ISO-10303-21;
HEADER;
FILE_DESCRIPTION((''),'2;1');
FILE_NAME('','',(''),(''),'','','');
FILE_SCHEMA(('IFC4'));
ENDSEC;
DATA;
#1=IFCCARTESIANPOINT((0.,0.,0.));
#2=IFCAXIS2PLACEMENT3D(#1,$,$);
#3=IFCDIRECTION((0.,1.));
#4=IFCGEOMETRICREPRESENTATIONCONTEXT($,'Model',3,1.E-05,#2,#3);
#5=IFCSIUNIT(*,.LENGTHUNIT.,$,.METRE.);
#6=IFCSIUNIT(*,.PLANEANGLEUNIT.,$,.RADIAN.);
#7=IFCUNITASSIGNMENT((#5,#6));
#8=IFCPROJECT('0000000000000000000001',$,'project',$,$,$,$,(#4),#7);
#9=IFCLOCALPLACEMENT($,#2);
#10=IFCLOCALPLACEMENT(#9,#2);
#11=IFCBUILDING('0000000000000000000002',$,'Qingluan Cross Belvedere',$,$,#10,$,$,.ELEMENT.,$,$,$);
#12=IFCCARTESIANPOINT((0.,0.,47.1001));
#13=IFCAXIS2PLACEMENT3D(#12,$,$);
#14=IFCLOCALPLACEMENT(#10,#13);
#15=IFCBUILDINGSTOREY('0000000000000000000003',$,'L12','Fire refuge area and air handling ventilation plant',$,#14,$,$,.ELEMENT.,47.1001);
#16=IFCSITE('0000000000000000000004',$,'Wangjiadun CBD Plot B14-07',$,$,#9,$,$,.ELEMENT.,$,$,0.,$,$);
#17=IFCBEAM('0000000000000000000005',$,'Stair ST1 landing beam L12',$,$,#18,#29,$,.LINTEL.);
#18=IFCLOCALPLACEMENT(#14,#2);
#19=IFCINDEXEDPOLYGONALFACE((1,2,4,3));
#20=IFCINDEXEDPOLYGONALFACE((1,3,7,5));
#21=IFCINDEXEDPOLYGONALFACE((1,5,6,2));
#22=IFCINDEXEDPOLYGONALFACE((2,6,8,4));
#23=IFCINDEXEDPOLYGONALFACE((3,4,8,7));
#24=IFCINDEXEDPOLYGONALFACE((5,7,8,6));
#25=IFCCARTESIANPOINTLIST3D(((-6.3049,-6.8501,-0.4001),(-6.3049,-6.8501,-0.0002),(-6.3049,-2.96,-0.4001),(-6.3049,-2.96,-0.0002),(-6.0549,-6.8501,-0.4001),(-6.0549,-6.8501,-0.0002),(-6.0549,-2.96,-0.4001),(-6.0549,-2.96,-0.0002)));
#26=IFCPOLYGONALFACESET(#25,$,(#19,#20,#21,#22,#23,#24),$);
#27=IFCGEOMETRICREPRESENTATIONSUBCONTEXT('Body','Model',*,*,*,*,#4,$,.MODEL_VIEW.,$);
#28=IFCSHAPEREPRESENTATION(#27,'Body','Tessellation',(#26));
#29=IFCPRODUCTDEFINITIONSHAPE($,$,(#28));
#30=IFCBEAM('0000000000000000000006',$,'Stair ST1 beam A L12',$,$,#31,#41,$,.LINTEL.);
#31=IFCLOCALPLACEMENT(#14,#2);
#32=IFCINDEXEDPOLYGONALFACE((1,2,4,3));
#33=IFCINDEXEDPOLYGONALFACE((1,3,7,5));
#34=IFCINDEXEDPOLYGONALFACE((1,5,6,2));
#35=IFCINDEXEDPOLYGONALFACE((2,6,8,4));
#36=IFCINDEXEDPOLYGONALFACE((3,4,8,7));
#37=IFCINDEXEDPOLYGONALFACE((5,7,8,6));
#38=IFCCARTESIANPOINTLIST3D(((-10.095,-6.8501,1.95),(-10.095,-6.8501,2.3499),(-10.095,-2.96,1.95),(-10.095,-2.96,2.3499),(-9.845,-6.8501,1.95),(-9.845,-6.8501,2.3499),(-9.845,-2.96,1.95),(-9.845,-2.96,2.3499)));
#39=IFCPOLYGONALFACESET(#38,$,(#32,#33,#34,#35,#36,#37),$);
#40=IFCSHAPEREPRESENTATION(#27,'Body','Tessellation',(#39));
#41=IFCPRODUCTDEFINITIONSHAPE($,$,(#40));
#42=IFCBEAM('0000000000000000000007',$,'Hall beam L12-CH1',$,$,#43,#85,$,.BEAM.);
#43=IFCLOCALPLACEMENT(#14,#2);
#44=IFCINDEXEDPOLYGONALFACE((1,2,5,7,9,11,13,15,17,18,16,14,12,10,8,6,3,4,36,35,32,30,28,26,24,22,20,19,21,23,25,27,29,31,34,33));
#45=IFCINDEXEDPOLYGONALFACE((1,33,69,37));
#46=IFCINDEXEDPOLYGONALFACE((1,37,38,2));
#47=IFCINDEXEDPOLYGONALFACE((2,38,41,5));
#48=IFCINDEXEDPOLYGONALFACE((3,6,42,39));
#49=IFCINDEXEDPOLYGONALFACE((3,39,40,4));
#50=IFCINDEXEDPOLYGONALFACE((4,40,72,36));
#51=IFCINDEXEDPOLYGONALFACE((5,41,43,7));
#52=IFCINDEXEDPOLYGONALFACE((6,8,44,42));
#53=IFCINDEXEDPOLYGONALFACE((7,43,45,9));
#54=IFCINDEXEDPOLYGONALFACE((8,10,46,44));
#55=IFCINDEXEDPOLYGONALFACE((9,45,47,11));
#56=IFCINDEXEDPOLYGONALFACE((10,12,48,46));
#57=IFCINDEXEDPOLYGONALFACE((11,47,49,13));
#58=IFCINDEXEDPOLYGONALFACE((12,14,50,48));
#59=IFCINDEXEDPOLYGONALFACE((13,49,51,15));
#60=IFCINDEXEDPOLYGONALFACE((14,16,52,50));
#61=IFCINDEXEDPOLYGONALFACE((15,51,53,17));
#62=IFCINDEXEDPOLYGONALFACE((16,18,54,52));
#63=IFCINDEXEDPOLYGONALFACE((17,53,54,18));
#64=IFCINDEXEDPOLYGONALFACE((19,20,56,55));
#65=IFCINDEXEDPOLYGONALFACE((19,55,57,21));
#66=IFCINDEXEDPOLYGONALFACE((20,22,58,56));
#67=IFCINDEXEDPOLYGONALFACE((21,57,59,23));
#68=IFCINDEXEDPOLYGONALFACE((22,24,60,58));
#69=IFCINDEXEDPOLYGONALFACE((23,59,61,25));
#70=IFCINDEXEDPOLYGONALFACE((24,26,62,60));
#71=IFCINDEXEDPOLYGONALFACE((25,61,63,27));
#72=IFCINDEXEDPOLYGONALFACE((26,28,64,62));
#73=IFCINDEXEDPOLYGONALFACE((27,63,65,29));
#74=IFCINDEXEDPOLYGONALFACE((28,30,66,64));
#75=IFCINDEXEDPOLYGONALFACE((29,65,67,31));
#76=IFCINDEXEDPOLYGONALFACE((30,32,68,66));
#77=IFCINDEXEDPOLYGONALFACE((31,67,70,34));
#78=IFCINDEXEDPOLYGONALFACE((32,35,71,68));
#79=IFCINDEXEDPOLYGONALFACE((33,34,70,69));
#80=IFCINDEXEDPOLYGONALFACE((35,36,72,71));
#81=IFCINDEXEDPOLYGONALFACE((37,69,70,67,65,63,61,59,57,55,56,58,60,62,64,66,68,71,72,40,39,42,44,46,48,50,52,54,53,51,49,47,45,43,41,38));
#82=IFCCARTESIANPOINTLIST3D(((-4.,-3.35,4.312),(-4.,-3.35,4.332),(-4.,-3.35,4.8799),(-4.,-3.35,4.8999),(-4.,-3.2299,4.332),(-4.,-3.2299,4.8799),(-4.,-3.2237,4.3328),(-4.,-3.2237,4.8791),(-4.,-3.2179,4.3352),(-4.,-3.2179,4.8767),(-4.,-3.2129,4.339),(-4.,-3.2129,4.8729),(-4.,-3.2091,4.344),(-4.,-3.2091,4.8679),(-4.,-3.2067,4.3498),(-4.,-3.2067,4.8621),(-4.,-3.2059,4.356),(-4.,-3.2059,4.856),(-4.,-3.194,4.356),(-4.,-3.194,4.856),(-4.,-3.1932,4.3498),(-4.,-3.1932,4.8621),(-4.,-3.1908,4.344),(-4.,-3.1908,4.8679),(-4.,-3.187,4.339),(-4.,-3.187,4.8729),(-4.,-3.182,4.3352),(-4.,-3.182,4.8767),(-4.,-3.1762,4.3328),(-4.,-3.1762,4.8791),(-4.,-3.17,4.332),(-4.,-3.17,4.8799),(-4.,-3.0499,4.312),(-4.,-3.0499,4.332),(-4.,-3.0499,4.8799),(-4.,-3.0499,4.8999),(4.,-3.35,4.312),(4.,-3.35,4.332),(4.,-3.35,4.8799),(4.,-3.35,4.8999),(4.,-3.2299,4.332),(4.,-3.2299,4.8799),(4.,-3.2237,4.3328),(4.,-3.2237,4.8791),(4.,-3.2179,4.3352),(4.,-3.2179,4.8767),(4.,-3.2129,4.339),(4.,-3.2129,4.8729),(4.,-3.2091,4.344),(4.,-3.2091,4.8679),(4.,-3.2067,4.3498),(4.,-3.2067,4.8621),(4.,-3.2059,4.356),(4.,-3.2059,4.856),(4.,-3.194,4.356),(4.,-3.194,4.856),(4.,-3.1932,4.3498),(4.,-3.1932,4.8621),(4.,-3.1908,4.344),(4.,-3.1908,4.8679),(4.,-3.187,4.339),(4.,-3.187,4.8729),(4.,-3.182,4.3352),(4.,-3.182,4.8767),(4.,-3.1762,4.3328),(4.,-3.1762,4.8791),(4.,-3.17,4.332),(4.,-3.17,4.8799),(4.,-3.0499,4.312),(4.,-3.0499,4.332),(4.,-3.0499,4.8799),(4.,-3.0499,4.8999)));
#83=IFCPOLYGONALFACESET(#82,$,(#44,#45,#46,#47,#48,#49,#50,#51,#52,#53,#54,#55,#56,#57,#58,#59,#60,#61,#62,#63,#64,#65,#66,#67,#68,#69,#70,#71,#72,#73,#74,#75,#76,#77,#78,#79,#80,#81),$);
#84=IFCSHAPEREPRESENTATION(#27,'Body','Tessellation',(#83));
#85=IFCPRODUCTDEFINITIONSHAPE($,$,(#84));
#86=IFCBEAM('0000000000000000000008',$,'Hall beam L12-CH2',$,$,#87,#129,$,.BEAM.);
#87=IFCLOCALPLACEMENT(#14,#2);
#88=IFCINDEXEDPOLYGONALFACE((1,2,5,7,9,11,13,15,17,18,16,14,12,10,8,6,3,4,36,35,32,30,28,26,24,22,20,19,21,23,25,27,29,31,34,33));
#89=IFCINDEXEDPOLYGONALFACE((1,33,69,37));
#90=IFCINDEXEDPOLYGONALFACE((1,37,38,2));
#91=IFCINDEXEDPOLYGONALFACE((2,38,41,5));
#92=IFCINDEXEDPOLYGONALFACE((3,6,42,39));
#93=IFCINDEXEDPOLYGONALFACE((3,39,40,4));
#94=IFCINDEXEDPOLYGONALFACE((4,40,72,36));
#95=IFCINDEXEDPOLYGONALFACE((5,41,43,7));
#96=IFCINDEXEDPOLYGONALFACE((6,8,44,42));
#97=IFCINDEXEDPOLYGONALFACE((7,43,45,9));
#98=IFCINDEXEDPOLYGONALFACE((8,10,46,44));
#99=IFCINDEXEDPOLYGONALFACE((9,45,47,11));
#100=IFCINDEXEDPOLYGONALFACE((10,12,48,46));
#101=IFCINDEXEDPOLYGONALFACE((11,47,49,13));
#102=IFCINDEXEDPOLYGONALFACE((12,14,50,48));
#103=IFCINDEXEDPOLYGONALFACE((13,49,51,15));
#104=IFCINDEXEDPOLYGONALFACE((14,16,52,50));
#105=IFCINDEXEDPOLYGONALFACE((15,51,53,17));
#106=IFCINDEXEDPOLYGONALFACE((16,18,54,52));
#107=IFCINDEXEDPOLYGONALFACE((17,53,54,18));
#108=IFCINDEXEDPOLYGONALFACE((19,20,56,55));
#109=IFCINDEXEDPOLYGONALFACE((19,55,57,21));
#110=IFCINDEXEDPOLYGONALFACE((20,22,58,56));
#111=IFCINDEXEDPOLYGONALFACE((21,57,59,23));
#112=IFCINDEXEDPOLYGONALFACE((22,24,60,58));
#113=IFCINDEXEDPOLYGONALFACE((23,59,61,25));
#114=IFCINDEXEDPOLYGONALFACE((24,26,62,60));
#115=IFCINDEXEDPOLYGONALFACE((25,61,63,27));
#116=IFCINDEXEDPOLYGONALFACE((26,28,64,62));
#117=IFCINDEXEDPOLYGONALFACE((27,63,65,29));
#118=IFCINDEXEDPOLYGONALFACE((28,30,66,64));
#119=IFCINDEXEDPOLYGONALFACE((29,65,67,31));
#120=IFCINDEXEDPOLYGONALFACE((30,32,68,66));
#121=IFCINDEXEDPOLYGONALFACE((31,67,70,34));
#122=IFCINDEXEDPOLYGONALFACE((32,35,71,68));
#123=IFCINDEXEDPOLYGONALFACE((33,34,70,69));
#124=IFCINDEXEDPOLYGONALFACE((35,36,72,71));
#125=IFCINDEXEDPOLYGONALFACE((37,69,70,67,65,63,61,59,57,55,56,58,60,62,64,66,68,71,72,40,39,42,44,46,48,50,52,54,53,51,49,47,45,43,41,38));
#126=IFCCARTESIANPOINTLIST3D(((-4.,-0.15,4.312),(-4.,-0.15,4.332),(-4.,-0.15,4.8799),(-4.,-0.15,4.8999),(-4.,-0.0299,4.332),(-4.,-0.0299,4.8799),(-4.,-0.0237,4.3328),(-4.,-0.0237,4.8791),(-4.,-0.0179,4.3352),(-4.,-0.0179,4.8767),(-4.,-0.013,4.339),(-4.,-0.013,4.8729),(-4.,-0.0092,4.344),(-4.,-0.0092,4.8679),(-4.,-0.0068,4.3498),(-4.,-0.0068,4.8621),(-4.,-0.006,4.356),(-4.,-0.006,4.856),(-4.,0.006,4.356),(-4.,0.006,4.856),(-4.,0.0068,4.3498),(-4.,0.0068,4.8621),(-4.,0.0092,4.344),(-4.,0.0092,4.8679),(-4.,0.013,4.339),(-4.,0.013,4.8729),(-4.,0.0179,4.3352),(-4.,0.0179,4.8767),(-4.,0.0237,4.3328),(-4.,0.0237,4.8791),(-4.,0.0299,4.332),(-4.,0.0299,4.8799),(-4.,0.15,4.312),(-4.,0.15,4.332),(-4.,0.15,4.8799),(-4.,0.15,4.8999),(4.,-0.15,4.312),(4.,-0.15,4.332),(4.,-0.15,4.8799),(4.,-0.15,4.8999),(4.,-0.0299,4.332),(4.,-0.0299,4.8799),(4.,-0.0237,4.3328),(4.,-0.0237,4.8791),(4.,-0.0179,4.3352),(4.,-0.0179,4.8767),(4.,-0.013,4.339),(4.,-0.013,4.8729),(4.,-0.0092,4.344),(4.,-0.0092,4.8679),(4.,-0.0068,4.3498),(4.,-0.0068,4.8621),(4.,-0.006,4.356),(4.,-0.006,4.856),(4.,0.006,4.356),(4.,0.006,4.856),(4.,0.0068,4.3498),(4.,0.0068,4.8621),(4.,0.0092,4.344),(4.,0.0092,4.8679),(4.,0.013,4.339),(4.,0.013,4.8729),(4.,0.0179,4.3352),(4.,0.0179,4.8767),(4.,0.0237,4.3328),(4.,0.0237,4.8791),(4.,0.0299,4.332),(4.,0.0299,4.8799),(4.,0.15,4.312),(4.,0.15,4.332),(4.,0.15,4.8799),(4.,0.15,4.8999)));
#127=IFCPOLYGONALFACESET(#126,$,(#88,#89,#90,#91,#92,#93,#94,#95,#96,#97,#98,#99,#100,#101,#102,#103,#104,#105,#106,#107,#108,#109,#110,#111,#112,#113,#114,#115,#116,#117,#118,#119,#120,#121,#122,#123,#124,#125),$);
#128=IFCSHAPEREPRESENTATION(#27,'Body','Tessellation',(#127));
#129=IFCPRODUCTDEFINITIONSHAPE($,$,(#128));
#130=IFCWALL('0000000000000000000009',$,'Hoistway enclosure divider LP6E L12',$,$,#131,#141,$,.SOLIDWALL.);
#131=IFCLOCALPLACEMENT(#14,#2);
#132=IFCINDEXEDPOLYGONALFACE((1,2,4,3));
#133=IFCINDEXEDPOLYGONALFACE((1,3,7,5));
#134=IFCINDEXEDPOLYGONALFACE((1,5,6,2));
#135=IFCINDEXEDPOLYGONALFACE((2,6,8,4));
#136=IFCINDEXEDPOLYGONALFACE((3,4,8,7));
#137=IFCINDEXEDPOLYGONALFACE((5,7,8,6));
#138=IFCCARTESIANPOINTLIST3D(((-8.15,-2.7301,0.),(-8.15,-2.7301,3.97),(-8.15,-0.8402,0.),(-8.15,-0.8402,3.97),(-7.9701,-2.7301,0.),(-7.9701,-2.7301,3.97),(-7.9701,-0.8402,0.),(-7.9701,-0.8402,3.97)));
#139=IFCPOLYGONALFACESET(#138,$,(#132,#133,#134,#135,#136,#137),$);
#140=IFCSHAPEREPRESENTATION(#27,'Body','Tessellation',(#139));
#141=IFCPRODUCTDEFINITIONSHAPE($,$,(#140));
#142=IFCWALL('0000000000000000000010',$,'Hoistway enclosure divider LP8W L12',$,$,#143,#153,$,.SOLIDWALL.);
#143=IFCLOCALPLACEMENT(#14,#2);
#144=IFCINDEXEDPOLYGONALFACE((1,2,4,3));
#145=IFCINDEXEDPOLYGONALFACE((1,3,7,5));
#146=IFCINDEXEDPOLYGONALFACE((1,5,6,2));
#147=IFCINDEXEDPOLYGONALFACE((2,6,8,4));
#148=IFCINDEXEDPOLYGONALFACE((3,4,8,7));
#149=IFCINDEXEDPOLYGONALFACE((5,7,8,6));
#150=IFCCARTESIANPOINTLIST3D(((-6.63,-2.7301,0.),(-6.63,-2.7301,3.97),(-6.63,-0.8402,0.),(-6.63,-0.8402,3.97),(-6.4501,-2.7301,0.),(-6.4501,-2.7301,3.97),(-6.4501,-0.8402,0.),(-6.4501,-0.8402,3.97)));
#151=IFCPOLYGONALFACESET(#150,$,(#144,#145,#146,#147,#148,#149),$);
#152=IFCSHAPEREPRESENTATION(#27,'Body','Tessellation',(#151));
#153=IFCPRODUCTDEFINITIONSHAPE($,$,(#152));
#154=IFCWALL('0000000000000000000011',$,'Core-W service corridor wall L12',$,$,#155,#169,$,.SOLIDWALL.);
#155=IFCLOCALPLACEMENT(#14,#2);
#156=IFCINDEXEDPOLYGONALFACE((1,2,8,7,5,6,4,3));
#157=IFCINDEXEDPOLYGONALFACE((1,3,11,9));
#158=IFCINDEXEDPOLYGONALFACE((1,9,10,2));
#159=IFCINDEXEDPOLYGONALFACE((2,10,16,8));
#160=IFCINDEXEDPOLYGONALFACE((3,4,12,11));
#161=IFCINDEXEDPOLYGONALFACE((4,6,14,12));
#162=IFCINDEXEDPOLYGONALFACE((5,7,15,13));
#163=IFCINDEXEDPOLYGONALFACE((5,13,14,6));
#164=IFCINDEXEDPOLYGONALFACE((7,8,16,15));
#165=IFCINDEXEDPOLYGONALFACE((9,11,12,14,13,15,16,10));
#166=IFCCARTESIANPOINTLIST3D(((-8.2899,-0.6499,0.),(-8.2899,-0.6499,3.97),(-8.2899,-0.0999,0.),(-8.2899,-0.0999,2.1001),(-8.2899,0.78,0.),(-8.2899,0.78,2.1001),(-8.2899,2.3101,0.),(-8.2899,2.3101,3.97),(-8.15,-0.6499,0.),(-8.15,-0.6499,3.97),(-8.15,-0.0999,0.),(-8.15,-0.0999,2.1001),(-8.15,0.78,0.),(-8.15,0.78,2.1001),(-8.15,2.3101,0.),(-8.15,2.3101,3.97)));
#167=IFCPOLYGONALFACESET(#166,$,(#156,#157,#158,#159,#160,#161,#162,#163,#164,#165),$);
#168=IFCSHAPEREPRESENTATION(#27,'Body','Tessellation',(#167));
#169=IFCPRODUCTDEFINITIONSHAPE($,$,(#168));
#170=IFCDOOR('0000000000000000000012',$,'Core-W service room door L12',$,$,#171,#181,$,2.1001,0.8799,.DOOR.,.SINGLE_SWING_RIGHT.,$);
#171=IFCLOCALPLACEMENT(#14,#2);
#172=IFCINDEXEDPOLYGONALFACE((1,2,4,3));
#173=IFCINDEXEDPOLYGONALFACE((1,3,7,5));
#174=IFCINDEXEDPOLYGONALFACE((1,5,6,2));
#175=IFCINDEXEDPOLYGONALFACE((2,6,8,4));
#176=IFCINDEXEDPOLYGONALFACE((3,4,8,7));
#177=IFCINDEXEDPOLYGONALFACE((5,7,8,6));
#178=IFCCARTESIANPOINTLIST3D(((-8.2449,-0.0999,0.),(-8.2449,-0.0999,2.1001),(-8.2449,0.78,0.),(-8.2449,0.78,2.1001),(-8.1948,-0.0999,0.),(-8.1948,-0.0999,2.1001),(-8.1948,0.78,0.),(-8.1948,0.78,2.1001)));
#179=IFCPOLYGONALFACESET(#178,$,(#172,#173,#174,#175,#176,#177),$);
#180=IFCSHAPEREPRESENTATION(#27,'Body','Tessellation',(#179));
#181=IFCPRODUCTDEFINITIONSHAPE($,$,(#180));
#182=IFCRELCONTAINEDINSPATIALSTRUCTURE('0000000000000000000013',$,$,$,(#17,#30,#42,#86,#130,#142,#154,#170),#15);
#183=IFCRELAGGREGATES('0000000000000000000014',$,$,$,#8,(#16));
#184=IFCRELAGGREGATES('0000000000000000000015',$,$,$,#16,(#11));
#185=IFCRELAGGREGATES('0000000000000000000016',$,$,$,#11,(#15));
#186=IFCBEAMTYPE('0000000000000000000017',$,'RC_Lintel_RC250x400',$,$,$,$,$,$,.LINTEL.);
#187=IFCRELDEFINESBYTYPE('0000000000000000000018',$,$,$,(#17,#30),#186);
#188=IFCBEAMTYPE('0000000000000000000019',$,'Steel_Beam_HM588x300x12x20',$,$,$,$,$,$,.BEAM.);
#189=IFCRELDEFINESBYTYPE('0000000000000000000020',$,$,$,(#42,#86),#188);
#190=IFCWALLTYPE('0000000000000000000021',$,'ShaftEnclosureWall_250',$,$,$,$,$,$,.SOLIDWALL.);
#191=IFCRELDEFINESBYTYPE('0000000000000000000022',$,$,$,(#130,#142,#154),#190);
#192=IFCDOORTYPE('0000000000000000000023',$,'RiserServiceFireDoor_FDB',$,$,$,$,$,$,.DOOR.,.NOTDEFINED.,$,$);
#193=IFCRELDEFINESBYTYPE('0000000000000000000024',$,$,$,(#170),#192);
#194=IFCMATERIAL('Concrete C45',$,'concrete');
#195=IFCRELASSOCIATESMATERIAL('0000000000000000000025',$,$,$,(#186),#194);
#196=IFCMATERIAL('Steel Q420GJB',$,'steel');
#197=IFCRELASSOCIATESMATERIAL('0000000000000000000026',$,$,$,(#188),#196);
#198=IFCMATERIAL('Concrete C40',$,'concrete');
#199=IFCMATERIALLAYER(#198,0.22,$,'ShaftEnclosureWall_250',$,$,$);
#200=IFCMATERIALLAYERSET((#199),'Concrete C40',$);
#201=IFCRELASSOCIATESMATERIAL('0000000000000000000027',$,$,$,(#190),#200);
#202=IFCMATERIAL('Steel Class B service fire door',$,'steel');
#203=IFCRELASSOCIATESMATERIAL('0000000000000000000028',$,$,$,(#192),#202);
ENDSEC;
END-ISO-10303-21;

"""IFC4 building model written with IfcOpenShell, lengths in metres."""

from ifc_helpers import new_model, si_unit, direction, frame, frame_2d, origin, origin_2d, place, context, subcontext, project, spatial, rectangle, i_section, extrude, material, layer, layer_set, material_profile, profile_set, type_object, element, fill, save


model = new_model("IFC4")

# Units and contexts
model_context = context("Model", 3, precision=1e-05, world=origin(), true_north=direction((0.0, 1.0)))
body_context = subcontext(model_context, "Body", "Model", "MODEL_VIEW")
ifc_project = project(units=[si_unit("LENGTHUNIT", "METRE"), si_unit("PLANEANGLEUNIT", "RADIAN")], contexts=[model_context])

# Site, building, storey
site_placement = place(None, origin())
site = spatial("IfcSite", under=ifc_project, at=site_placement, Name="Wangjiadun CBD Plot B14-07", CompositionType="ELEMENT", RefElevation=0.0)
building_placement = place(site_placement, origin())
building = spatial("IfcBuilding", under=site, at=building_placement, Name="Qingluan Cross Belvedere", CompositionType="ELEMENT")
storey_placement = place(building_placement, frame((0.0, 0.0, 47.1001)))
storey = spatial("IfcBuildingStorey", under=building, at=storey_placement, Name="L12", Description="Fire refuge area and air handling ventilation plant", CompositionType="ELEMENT", Elevation=47.1001)

# Beams
ifc_material_1 = material(Name="Concrete C45", Category="concrete")
ifc_material_profile_1 = material_profile(ifc_material_1, rectangle(XDim=0.25, YDim=0.3999, at=origin_2d()), Name="RC250x400")
ifc_profile_set_1 = profile_set([ifc_material_profile_1], Name="Concrete C45")
beam_type_1 = type_object("IfcBeamType", Name="RC_Lintel_RC250x400", PredefinedType="LINTEL", material=ifc_profile_set_1)
for number, where, z_axis, x_axis, name in (
    (1, (-6.1799, -6.8501, -0.2002), (0.0, 1.0, 0.0), (-1.0, 0.0, 0.0), "Stair ST1 landing beam L12"),
    (2, (-9.97, -6.8501, 2.1499), (0.0, 1.0, 0.0), (-1.0, 0.0, 0.0), "Stair ST1 beam A L12"),
):
    element("IfcBeam", number, at=place(storey_placement, frame(where, z_axis=z_axis, x_axis=x_axis)), inside=storey, type_object=beam_type_1, Name=name, PredefinedType="LINTEL", context=body_context, shape_type="SweptSolid", body=[
        extrude(rectangle(XDim=0.25, YDim=0.3999, at=origin_2d()), origin(), (0.0, 0.0, 1.0), 3.8901),
    ])
ifc_material_2 = material(Name="Steel Q420GJB", Category="steel")
ifc_material_profile_2 = material_profile(ifc_material_2, i_section(OverallWidth=0.3, OverallDepth=0.5879, WebThickness=0.012, FlangeThickness=0.02, FilletRadius=0.0239, at=origin_2d()), Name="HM588x300x12x20")
ifc_profile_set_2 = profile_set([ifc_material_profile_2], Name="Steel Q420GJB")
beam_type_2 = type_object("IfcBeamType", Name="Steel_Beam_HM588x300x12x20", PredefinedType="BEAM", material=ifc_profile_set_2)
for number, where, z_axis, x_axis, name in (
    (3, (-4.0, -3.2, 4.606), (1.0, 0.0, 0.0), (0.0, 1.0, 0.0), "Hall beam L12-CH1"),
    (4, (-4.0, 0.0, 4.606), (1.0, 0.0, 0.0), (0.0, 1.0, 0.0), "Hall beam L12-CH2"),
):
    element("IfcBeam", number, at=place(storey_placement, frame(where, z_axis=z_axis, x_axis=x_axis)), inside=storey, type_object=beam_type_2, Name=name, PredefinedType="BEAM", context=body_context, shape_type="SweptSolid", body=[
        extrude(i_section(OverallWidth=0.3, OverallDepth=0.5879, WebThickness=0.012, FlangeThickness=0.02, FilletRadius=0.0239, at=origin_2d()), origin(), (0.0, 0.0, 1.0), 8.0),
    ])

# Shared definitions
ifc_material_3 = material(Name="Concrete C40", Category="concrete")
ifc_layer_1 = layer(ifc_material_3, 0.22, Name="ShaftEnclosureWall_250")
ifc_layer_set_1 = layer_set([ifc_layer_1], Name="Concrete C40")
wall_type_1 = type_object("IfcWallType", Name="ShaftEnclosureWall_250", PredefinedType="SOLIDWALL", material=ifc_layer_set_1)

# Walls
for number, where, z_axis, x_axis, name in (
    (5, (-8.0601, -2.73, 0.0), (0.0, 0.0, 1.0), (0.0, 1.0, 0.0), "Hoistway enclosure divider LP6E L12"),
    (6, (-6.54, -2.73, 0.0), (0.0, 0.0, 1.0), (0.0, 1.0, 0.0), "Hoistway enclosure divider LP8W L12"),
):
    element("IfcWall", number, at=place(storey_placement, frame(where, z_axis=z_axis, x_axis=x_axis)), inside=storey, type_object=wall_type_1, Name=name, PredefinedType="SOLIDWALL", context=body_context, shape_type="SweptSolid", body=[
        extrude(rectangle(XDim=1.8899, YDim=0.1799, at=frame_2d((0.9448, 0.0))), origin(), (0.0, 0.0, 1.0), 3.97),
    ])

# Wall, opening, door
wall_1_placement = place(storey_placement, frame((-8.22, -0.6499, 0.0), z_axis=(0.0, 0.0, 1.0), x_axis=(0.0, 1.0, 0.0)))
wall_1 = element("IfcWall", 7, at=wall_1_placement, inside=storey, type_object=wall_type_1, Name="Core-W service corridor wall L12", PredefinedType="SOLIDWALL", context=body_context, shape_type="SweptSolid", body=[
    extrude(rectangle(XDim=2.96, YDim=0.1399, at=frame_2d((1.48, 0.0))), origin(), (0.0, 0.0, 1.0), 3.97),
])
opening_1_placement = place(wall_1_placement, frame((0.55, 0.0, 0.0)))
opening_1 = element("IfcOpeningElement", 8, at=opening_1_placement, cuts=wall_1, PredefinedType="OPENING", context=body_context, shape_type="SweptSolid", body=[
    extrude(rectangle(XDim=0.8799, YDim=2.1001, at=frame_2d((0.4399, 1.05))), frame((0.0, 0.0798, 0.0), z_axis=(0.0, -1.0, 0.0), x_axis=(1.0, 0.0, 0.0)), (0.0, 0.0, 1.0), 0.1599),
])
ifc_material_4 = material(Name="Steel Class B service fire door", Category="steel")
door_type_1 = type_object("IfcDoorType", Name="RiserServiceFireDoor_FDB", OperationType="NOTDEFINED", PredefinedType="DOOR", material=ifc_material_4)
door_1_placement = place(opening_1_placement, origin())
door_1 = element("IfcDoor", 9, at=door_1_placement, inside=storey, type_object=door_type_1, Name="Core-W service room door L12", OperationType="SINGLE_SWING_RIGHT", OverallHeight=2.1001, OverallWidth=0.8799, PredefinedType="DOOR", context=body_context, shape_type="SweptSolid", body=[
    extrude(rectangle(XDim=0.8799, YDim=2.1001, at=frame_2d((0.4399, 1.05))), frame((0.0, 0.0249, 0.0), z_axis=(0.0, -1.0, 0.0), x_axis=(1.0, 0.0, 0.0)), (0.0, 0.0, 1.0), 0.05),
])
fill(opening_1, door_1)

save(model, "model.ifc")
